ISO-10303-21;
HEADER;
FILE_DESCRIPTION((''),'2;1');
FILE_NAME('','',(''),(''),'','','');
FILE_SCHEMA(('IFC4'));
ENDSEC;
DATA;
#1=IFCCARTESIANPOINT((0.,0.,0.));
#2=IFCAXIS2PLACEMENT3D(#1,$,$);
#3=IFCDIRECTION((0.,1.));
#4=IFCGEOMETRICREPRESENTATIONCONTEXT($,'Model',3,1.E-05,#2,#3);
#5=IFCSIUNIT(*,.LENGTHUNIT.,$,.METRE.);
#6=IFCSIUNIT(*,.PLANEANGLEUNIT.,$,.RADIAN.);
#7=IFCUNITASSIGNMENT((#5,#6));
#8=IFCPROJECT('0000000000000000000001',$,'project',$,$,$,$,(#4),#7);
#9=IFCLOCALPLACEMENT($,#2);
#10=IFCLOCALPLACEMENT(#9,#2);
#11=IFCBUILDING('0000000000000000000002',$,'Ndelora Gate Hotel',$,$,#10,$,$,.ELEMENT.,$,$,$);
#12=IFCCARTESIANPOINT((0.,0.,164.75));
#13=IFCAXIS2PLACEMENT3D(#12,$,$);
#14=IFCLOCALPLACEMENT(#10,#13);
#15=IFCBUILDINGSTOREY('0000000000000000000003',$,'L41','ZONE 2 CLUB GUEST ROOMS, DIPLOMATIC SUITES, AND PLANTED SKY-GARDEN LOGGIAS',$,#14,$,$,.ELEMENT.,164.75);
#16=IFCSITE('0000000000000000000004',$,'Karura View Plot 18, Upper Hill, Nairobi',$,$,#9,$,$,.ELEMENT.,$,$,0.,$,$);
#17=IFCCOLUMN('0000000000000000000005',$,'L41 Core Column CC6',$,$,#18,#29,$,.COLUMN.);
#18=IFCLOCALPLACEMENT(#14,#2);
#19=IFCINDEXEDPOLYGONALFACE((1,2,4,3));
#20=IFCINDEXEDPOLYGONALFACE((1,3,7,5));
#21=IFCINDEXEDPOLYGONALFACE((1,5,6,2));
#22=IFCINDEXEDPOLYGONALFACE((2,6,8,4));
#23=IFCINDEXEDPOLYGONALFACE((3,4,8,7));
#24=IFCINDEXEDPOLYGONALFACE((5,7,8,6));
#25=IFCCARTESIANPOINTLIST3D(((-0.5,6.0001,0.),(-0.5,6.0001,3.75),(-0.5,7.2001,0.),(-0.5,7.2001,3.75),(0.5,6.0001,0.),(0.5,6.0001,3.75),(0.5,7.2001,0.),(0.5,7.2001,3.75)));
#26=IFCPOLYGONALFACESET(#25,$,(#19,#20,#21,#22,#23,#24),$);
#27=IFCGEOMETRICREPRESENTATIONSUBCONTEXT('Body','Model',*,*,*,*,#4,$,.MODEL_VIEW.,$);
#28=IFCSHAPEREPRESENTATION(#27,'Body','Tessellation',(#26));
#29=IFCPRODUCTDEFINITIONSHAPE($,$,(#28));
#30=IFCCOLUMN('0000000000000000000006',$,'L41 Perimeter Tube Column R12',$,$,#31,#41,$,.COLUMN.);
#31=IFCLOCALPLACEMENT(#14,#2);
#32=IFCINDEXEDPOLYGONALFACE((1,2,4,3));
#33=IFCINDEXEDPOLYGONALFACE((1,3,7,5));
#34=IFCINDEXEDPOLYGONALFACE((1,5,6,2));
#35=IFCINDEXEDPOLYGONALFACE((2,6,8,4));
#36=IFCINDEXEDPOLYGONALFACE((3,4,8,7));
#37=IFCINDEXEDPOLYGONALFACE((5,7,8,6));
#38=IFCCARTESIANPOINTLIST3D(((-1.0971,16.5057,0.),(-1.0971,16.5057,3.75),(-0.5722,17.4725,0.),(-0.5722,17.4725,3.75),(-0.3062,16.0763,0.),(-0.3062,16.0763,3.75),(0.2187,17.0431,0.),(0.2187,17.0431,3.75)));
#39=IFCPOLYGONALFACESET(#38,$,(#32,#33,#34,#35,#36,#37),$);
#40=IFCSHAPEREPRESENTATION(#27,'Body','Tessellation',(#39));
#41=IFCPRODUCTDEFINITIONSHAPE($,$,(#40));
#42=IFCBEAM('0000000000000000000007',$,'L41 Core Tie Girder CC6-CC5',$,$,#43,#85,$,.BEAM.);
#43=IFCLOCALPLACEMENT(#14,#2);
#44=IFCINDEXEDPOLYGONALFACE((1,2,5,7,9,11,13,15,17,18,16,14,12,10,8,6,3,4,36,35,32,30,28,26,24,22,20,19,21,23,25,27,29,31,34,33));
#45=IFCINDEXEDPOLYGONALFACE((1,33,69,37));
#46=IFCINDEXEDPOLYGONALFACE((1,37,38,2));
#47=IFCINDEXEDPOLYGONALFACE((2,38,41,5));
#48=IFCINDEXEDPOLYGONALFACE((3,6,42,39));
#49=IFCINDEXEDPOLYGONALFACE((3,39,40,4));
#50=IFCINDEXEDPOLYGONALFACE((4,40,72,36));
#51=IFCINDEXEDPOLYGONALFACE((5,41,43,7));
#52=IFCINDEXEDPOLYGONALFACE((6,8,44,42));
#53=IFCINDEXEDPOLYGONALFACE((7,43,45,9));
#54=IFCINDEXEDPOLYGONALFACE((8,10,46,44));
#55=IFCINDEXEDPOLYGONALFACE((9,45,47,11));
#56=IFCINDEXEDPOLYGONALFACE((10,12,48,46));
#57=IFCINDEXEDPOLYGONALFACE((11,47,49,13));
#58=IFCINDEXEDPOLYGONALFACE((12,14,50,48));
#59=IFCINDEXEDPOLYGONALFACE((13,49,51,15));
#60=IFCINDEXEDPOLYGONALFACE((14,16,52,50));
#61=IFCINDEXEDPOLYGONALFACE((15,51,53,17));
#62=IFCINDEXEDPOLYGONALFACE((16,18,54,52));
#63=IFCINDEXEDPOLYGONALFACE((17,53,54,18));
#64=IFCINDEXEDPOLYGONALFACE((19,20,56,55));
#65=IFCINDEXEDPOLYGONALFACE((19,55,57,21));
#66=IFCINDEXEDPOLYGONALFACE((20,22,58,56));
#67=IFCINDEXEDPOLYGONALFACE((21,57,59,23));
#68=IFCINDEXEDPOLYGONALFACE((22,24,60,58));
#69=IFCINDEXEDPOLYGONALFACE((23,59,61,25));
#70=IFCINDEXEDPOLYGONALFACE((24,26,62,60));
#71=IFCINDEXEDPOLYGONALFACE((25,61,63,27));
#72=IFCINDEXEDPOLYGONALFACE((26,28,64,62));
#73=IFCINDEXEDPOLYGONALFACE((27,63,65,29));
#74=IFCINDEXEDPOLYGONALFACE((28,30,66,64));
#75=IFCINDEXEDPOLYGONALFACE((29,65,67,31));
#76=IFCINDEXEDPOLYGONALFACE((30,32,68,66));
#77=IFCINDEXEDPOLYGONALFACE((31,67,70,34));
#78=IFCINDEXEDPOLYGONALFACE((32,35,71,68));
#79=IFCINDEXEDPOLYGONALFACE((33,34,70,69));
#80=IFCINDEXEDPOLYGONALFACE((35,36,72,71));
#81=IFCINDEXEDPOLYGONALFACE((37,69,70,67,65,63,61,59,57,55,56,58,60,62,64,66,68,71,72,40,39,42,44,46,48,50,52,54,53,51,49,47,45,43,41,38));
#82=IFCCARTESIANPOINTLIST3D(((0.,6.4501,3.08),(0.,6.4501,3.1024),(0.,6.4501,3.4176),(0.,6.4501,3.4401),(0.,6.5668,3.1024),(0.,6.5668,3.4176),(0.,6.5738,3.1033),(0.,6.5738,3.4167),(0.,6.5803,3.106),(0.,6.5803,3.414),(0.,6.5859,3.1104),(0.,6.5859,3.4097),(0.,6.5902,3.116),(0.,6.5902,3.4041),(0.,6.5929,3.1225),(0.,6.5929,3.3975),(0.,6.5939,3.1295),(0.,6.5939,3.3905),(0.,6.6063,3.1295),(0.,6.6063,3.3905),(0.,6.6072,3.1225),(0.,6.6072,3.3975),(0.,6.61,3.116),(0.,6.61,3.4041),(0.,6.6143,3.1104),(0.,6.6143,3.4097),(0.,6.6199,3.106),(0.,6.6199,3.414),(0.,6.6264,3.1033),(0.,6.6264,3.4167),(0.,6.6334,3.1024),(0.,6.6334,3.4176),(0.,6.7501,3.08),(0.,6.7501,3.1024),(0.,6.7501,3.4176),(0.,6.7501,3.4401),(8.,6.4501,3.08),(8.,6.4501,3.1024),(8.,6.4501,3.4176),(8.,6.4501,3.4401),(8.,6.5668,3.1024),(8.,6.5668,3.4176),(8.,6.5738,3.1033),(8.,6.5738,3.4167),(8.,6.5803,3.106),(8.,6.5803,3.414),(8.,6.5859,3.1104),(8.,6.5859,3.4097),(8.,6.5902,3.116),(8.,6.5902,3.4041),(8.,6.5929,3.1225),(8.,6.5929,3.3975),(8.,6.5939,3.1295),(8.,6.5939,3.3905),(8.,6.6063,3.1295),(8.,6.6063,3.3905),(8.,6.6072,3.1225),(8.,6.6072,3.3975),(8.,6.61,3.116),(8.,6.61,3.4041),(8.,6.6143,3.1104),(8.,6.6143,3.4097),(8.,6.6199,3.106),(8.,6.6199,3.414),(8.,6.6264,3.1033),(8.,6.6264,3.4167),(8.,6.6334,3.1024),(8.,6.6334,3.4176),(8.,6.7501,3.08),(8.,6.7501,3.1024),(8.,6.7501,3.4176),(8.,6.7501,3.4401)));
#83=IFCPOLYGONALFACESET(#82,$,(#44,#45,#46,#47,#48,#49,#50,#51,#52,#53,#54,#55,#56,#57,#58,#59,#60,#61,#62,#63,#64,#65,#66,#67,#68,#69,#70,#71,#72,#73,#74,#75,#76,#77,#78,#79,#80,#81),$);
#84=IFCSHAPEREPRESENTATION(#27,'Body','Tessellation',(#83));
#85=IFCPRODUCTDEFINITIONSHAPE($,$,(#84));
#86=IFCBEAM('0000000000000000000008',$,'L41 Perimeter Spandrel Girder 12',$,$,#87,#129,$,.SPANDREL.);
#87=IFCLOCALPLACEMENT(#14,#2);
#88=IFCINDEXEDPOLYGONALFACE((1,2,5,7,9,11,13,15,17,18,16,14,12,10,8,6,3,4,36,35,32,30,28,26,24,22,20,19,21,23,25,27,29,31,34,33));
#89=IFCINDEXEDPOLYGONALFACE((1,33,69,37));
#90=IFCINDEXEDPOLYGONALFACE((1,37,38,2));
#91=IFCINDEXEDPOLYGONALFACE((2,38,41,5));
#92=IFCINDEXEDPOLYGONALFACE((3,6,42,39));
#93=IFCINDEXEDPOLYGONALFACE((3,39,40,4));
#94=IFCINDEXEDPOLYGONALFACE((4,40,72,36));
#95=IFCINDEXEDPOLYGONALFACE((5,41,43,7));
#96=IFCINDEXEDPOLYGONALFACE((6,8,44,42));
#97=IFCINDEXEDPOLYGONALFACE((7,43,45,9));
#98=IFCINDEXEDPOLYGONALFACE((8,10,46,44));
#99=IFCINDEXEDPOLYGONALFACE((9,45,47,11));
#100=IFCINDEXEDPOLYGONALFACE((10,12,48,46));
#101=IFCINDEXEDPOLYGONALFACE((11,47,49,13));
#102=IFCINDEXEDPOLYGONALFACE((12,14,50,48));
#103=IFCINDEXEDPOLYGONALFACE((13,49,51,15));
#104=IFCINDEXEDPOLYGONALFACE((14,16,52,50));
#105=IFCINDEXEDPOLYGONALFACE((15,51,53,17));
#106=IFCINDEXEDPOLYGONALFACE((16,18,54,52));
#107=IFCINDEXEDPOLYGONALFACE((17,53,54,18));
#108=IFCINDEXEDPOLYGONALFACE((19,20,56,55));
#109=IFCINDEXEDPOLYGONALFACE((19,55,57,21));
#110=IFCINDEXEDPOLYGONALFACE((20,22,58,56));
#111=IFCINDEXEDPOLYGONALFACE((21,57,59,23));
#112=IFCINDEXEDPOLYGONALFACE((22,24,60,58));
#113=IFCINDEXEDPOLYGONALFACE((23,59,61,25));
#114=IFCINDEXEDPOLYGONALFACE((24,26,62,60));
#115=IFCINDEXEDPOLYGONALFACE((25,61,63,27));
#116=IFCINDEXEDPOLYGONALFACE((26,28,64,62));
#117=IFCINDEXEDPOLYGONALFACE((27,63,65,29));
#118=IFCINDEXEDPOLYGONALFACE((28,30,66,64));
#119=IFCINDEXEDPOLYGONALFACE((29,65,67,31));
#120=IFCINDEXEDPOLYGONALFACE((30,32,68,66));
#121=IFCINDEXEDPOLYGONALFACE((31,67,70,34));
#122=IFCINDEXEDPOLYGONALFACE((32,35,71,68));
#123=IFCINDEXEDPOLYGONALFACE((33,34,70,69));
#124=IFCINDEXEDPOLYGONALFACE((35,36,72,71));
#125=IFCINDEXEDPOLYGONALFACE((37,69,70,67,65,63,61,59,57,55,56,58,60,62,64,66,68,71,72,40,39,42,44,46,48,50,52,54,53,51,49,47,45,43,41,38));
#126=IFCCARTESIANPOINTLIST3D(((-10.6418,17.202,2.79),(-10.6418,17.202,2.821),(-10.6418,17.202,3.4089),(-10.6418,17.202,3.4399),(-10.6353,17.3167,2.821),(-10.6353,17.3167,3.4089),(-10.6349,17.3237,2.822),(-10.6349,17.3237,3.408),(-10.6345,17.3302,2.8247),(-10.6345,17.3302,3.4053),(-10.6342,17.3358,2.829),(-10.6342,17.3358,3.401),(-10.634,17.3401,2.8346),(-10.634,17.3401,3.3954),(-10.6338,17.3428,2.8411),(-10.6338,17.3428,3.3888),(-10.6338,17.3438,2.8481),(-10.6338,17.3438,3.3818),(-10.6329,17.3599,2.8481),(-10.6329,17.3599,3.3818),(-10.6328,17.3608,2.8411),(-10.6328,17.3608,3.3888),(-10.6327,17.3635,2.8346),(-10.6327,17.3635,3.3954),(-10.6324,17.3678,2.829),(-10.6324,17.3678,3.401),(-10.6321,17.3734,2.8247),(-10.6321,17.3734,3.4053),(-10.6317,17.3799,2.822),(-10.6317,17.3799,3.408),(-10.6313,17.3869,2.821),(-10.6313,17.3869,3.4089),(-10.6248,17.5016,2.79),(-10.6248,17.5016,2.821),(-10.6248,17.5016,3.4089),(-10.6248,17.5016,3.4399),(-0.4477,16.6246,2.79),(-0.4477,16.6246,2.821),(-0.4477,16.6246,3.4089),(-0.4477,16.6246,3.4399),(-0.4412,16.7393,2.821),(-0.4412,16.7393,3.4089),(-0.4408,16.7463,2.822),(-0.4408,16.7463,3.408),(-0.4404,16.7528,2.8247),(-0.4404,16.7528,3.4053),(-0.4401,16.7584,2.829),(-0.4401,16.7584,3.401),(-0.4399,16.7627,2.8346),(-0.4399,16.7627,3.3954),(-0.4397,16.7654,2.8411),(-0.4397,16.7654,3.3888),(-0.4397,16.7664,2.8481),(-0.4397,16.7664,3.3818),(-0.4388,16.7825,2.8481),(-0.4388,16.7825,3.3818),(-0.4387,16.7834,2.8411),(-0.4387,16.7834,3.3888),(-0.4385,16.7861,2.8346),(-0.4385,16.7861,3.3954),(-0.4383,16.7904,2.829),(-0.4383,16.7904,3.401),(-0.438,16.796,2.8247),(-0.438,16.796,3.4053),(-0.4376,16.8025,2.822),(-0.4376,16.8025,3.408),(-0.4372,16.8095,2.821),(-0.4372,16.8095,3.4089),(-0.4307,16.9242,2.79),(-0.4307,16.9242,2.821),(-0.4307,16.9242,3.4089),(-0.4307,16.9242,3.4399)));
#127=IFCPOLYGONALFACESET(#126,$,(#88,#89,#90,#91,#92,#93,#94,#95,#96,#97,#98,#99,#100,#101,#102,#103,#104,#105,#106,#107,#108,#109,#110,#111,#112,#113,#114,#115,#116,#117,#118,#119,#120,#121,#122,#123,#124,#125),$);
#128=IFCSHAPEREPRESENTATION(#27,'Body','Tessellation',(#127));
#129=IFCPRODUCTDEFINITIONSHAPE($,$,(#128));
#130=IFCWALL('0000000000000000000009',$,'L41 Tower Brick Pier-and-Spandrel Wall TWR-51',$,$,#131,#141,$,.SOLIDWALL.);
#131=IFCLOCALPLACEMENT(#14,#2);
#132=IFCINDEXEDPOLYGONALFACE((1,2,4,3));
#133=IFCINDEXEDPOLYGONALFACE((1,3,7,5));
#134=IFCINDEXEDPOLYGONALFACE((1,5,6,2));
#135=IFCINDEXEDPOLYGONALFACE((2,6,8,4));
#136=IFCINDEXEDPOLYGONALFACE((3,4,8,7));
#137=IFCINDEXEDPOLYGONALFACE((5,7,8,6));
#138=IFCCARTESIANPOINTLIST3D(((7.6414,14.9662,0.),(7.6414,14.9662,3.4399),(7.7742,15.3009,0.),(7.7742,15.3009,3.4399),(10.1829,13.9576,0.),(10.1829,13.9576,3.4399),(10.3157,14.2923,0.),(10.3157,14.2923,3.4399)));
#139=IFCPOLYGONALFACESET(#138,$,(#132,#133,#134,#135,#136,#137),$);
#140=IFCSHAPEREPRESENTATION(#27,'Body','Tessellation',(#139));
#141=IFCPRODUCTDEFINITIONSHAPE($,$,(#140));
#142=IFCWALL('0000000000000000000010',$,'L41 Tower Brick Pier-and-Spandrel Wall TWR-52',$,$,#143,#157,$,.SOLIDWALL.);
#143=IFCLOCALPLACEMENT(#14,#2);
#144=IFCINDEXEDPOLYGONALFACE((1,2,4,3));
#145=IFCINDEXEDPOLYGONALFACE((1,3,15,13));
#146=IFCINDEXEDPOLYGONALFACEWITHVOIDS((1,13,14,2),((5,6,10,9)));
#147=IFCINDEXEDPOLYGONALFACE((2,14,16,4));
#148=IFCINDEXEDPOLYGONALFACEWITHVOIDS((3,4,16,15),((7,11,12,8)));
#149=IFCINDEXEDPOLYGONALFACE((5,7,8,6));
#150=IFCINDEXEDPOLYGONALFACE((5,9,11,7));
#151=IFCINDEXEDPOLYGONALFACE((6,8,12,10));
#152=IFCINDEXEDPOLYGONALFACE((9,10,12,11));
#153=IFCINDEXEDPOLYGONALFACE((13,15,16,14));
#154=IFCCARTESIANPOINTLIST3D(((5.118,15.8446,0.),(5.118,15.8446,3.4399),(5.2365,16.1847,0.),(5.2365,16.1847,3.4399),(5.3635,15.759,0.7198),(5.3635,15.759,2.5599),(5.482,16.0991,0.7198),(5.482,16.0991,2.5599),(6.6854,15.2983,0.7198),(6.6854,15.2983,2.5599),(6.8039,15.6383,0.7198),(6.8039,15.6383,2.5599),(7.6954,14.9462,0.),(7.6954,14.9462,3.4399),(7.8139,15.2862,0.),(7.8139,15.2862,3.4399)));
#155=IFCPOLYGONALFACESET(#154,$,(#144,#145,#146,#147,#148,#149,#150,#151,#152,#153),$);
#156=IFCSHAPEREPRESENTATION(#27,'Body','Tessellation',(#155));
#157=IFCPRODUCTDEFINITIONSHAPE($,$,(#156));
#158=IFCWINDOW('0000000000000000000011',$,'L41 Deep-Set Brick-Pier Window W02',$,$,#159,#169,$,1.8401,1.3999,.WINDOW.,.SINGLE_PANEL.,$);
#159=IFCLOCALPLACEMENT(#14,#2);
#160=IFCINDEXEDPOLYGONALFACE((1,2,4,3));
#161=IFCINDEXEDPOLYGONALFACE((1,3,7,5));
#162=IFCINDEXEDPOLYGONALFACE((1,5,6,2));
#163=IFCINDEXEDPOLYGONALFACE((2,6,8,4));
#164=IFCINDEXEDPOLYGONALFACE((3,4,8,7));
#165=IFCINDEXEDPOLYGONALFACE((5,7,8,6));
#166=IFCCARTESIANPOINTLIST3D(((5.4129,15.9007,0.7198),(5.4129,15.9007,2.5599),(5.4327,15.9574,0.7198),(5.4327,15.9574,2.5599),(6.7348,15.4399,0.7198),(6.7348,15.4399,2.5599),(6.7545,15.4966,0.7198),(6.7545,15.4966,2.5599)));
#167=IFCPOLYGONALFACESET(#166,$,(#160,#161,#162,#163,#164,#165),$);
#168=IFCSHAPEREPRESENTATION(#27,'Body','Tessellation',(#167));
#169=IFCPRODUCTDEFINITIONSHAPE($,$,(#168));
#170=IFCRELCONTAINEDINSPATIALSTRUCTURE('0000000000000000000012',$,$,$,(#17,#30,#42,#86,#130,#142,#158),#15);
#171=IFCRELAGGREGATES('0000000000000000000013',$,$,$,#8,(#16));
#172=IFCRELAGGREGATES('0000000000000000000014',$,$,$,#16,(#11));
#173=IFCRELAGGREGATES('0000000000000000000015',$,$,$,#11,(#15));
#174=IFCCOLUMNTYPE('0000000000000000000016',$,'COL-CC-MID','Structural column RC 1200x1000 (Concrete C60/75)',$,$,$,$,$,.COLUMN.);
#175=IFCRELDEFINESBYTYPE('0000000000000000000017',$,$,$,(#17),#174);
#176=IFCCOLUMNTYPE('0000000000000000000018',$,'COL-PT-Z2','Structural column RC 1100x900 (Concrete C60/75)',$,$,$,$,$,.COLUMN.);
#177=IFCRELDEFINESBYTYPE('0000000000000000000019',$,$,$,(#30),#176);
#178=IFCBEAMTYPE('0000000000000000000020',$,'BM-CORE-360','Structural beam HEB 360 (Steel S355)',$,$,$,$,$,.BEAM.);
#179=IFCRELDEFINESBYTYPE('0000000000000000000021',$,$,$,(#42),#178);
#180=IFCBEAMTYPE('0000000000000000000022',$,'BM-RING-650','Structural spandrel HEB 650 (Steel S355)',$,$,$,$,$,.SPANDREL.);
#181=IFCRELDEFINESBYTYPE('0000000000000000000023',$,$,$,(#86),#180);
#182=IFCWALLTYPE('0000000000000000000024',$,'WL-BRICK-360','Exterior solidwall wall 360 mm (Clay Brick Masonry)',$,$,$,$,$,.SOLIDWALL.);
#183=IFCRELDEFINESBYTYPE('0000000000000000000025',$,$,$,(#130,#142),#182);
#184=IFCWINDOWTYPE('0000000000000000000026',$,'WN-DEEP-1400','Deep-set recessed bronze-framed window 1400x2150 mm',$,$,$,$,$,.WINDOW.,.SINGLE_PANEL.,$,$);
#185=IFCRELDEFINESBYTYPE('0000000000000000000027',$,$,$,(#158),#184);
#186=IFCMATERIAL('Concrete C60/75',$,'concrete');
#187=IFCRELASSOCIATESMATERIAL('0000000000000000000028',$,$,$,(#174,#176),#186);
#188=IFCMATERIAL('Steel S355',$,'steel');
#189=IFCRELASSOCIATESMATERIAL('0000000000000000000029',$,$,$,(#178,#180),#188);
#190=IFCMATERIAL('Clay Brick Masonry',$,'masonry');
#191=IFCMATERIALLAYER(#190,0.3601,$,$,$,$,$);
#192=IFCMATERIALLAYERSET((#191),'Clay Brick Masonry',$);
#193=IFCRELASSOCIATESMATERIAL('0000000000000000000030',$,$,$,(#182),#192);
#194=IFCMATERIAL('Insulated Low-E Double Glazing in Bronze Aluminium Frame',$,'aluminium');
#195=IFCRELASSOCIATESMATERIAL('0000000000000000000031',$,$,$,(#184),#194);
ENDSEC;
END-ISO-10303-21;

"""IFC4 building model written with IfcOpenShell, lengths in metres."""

from ifc_helpers import new_model, si_unit, direction, frame, frame_2d, origin, origin_2d, place, context, subcontext, project, spatial, rectangle, i_section, extrude, material, layer, layer_set, material_profile, profile_set, type_object, element, fill, save


model = new_model("IFC4")

# Units and contexts
model_context = context("Model", 3, precision=1e-05, world=origin(), true_north=direction((0.0, 1.0)))
body_context = subcontext(model_context, "Body", "Model", "MODEL_VIEW")
ifc_project = project(units=[si_unit("LENGTHUNIT", "METRE"), si_unit("PLANEANGLEUNIT", "RADIAN")], contexts=[model_context])

# Site, building, storey
site_placement = place(None, origin())
site = spatial("IfcSite", under=ifc_project, at=site_placement, Name="Karura View Plot 18, Upper Hill, Nairobi", CompositionType="ELEMENT", RefElevation=0.0)
building_placement = place(site_placement, origin())
building = spatial("IfcBuilding", under=site, at=building_placement, Name="Ndelora Gate Hotel", CompositionType="ELEMENT")
storey_placement = place(building_placement, frame((0.0, 0.0, 164.75)))
storey = spatial("IfcBuildingStorey", under=building, at=storey_placement, Name="L41", Description="ZONE 2 CLUB GUEST ROOMS, DIPLOMATIC SUITES, AND PLANTED SKY-GARDEN LOGGIAS", CompositionType="ELEMENT", Elevation=164.75)

# Columns
ifc_material_1 = material(Name="Concrete C60/75", Category="concrete")
ifc_material_profile_1 = material_profile(ifc_material_1, rectangle(XDim=1.0, YDim=1.2, at=origin_2d()), Name="RC 1200x1000")
ifc_profile_set_1 = profile_set([ifc_material_profile_1], Name="Concrete C60/75")
column_type_1 = type_object("IfcColumnType", Name="COL-CC-MID", Description="Structural column RC 1200x1000 (Concrete C60/75)", PredefinedType="COLUMN", material=ifc_profile_set_1)
column_1_placement = place(storey_placement, frame((0.0, 6.6001, 0.0), z_axis=(0.0, 0.0, 1.0), x_axis=(1.0, 0.0, 0.0)))
element("IfcColumn", 1, at=column_1_placement, inside=storey, type_object=column_type_1, Name="L41 Core Column CC6", PredefinedType="COLUMN", context=body_context, shape_type="SweptSolid", body=[
    extrude(rectangle(XDim=1.0, YDim=1.2, at=origin_2d()), origin(), (0.0, 0.0, 1.0), 3.75),
])
ifc_material_profile_2 = material_profile(ifc_material_1, rectangle(XDim=0.8999, YDim=1.1001, at=origin_2d()), Name="RC 1100x900")
ifc_profile_set_2 = profile_set([ifc_material_profile_2], Name="Concrete C60/75")
column_type_2 = type_object("IfcColumnType", Name="COL-PT-Z2", Description="Structural column RC 1100x900 (Concrete C60/75)", PredefinedType="COLUMN", material=ifc_profile_set_2)
column_2_placement = place(storey_placement, frame((-0.4392, 16.7744, 0.0), z_axis=(0.0, 0.0, 1.0), x_axis=(-0.878817, 0.477159, 0.0)))
element("IfcColumn", 2, at=column_2_placement, inside=storey, type_object=column_type_2, Name="L41 Perimeter Tube Column R12", PredefinedType="COLUMN", context=body_context, shape_type="SweptSolid", body=[
    extrude(rectangle(XDim=0.8999, YDim=1.1001, at=origin_2d()), origin(), (0.0, 0.0, 1.0), 3.75),
])

# Beams
ifc_material_2 = material(Name="Steel S355", Category="steel")
ifc_material_profile_3 = material_profile(ifc_material_2, i_section(OverallWidth=0.3, OverallDepth=0.3601, WebThickness=0.0125, FlangeThickness=0.0225, FilletRadius=0.0271, at=origin_2d()), Name="HEB 360")
ifc_profile_set_3 = profile_set([ifc_material_profile_3], Name="Steel S355")
beam_type_1 = type_object("IfcBeamType", Name="BM-CORE-360", Description="Structural beam HEB 360 (Steel S355)", PredefinedType="BEAM", material=ifc_profile_set_3)
beam_1_placement = place(storey_placement, frame((0.0, 6.6001, 3.26), z_axis=(1.0, 0.0, 0.0), x_axis=(0.0, 1.0, 0.0)))
element("IfcBeam", 3, at=beam_1_placement, inside=storey, type_object=beam_type_1, Name="L41 Core Tie Girder CC6-CC5", PredefinedType="BEAM", context=body_context, shape_type="SweptSolid", body=[
    extrude(i_section(OverallWidth=0.3, OverallDepth=0.3601, WebThickness=0.0125, FlangeThickness=0.0225, FilletRadius=0.0271, at=origin_2d()), origin(), (0.0, 0.0, 1.0), 8.0),
])
ifc_material_profile_4 = material_profile(ifc_material_2, i_section(OverallWidth=0.3, OverallDepth=0.6499, WebThickness=0.0161, FlangeThickness=0.031, FilletRadius=0.0271, at=origin_2d()), Name="HEB 650")
ifc_profile_set_4 = profile_set([ifc_material_profile_4], Name="Steel S355")
beam_type_2 = type_object("IfcBeamType", Name="BM-RING-650", Description="Structural spandrel HEB 650 (Steel S355)", PredefinedType="SPANDREL", material=ifc_profile_set_4)
beam_2_placement = place(storey_placement, frame((-0.4392, 16.7744, 3.115), z_axis=(-0.9984, 0.056549, 0.0), x_axis=(-0.056549, -0.9984, 0.0)))
element("IfcBeam", 4, at=beam_2_placement, inside=storey, type_object=beam_type_2, Name="L41 Perimeter Spandrel Girder 12", PredefinedType="SPANDREL", context=body_context, shape_type="SweptSolid", body=[
    extrude(i_section(OverallWidth=0.3, OverallDepth=0.6499, WebThickness=0.0161, FlangeThickness=0.031, FilletRadius=0.0271, at=origin_2d()), origin(), (0.0, 0.0, 1.0), 10.2104),
])

# Wall
ifc_material_3 = material(Name="Clay Brick Masonry", Category="masonry")
ifc_layer_1 = layer(ifc_material_3, 0.3601)
ifc_layer_set_1 = layer_set([ifc_layer_1], Name="Clay Brick Masonry")
wall_type_1 = type_object("IfcWallType", Name="WL-BRICK-360", Description="Exterior solidwall wall 360 mm (Clay Brick Masonry)", PredefinedType="SOLIDWALL", material=ifc_layer_set_1)
wall_1_placement = place(storey_placement, frame((7.7078, 15.1335, 0.0), z_axis=(0.0, 0.0, 1.0), x_axis=(0.929489, -0.368849, 0.0)))
element("IfcWall", 5, at=wall_1_placement, inside=storey, type_object=wall_type_1, Name="L41 Tower Brick Pier-and-Spandrel Wall TWR-51", PredefinedType="SOLIDWALL", context=body_context, shape_type="SweptSolid", body=[
    extrude(rectangle(XDim=2.7344, YDim=0.3601, at=frame_2d((1.3672, 0.0))), origin(), (0.0, 0.0, 1.0), 3.4399),
])

# Wall, opening, window
wall_2_placement = place(storey_placement, frame((5.1772, 16.0146, 0.0), z_axis=(0.0, 0.0, 1.0), x_axis=(0.944275, -0.329159, 0.0)))
wall_2 = element("IfcWall", 6, at=wall_2_placement, inside=storey, type_object=wall_type_1, Name="L41 Tower Brick Pier-and-Spandrel Wall TWR-52", PredefinedType="SOLIDWALL", context=body_context, shape_type="SweptSolid", body=[
    extrude(rectangle(XDim=2.7295, YDim=0.3601, at=frame_2d((1.3647, 0.0))), origin(), (0.0, 0.0, 1.0), 3.4399),
])
opening_1_placement = place(wall_2_placement, frame((0.26, 0.0, 0.72)))
opening_1 = element("IfcOpeningElement", 7, at=opening_1_placement, cuts=wall_2, PredefinedType="OPENING", context=body_context, shape_type="SweptSolid", body=[
    extrude(rectangle(XDim=1.3999, YDim=1.8401, at=frame_2d((0.7, 0.9199))), frame((0.0, 0.1899, 0.0), z_axis=(0.0, -1.0, 0.0), x_axis=(1.0, 0.0, 0.0)), (0.0, 0.0, 1.0), 0.3801),
])
ifc_material_4 = material(Name="Insulated Low-E Double Glazing in Bronze Aluminium Frame", Category="aluminium")
window_type = type_object("IfcWindowType", Name="WN-DEEP-1400", Description="Deep-set recessed bronze-framed window 1400x2150 mm", PartitioningType="SINGLE_PANEL", PredefinedType="WINDOW", material=ifc_material_4)
window_1_placement = place(opening_1_placement, origin())
window_1 = element("IfcWindow", 8, at=window_1_placement, inside=storey, type_object=window_type, Name="L41 Deep-Set Brick-Pier Window W02", OverallHeight=1.8401, OverallWidth=1.3999, PartitioningType="SINGLE_PANEL", PredefinedType="WINDOW", context=body_context, shape_type="SweptSolid", body=[
    extrude(rectangle(XDim=1.3999, YDim=1.8401, at=frame_2d((0.7, 0.9199))), frame((0.0, 0.03, 0.0), z_axis=(0.0, -1.0, 0.0), x_axis=(1.0, 0.0, 0.0)), (0.0, 0.0, 1.0), 0.0601),
])
fill(opening_1, window_1)

save(model, "model.ifc")
